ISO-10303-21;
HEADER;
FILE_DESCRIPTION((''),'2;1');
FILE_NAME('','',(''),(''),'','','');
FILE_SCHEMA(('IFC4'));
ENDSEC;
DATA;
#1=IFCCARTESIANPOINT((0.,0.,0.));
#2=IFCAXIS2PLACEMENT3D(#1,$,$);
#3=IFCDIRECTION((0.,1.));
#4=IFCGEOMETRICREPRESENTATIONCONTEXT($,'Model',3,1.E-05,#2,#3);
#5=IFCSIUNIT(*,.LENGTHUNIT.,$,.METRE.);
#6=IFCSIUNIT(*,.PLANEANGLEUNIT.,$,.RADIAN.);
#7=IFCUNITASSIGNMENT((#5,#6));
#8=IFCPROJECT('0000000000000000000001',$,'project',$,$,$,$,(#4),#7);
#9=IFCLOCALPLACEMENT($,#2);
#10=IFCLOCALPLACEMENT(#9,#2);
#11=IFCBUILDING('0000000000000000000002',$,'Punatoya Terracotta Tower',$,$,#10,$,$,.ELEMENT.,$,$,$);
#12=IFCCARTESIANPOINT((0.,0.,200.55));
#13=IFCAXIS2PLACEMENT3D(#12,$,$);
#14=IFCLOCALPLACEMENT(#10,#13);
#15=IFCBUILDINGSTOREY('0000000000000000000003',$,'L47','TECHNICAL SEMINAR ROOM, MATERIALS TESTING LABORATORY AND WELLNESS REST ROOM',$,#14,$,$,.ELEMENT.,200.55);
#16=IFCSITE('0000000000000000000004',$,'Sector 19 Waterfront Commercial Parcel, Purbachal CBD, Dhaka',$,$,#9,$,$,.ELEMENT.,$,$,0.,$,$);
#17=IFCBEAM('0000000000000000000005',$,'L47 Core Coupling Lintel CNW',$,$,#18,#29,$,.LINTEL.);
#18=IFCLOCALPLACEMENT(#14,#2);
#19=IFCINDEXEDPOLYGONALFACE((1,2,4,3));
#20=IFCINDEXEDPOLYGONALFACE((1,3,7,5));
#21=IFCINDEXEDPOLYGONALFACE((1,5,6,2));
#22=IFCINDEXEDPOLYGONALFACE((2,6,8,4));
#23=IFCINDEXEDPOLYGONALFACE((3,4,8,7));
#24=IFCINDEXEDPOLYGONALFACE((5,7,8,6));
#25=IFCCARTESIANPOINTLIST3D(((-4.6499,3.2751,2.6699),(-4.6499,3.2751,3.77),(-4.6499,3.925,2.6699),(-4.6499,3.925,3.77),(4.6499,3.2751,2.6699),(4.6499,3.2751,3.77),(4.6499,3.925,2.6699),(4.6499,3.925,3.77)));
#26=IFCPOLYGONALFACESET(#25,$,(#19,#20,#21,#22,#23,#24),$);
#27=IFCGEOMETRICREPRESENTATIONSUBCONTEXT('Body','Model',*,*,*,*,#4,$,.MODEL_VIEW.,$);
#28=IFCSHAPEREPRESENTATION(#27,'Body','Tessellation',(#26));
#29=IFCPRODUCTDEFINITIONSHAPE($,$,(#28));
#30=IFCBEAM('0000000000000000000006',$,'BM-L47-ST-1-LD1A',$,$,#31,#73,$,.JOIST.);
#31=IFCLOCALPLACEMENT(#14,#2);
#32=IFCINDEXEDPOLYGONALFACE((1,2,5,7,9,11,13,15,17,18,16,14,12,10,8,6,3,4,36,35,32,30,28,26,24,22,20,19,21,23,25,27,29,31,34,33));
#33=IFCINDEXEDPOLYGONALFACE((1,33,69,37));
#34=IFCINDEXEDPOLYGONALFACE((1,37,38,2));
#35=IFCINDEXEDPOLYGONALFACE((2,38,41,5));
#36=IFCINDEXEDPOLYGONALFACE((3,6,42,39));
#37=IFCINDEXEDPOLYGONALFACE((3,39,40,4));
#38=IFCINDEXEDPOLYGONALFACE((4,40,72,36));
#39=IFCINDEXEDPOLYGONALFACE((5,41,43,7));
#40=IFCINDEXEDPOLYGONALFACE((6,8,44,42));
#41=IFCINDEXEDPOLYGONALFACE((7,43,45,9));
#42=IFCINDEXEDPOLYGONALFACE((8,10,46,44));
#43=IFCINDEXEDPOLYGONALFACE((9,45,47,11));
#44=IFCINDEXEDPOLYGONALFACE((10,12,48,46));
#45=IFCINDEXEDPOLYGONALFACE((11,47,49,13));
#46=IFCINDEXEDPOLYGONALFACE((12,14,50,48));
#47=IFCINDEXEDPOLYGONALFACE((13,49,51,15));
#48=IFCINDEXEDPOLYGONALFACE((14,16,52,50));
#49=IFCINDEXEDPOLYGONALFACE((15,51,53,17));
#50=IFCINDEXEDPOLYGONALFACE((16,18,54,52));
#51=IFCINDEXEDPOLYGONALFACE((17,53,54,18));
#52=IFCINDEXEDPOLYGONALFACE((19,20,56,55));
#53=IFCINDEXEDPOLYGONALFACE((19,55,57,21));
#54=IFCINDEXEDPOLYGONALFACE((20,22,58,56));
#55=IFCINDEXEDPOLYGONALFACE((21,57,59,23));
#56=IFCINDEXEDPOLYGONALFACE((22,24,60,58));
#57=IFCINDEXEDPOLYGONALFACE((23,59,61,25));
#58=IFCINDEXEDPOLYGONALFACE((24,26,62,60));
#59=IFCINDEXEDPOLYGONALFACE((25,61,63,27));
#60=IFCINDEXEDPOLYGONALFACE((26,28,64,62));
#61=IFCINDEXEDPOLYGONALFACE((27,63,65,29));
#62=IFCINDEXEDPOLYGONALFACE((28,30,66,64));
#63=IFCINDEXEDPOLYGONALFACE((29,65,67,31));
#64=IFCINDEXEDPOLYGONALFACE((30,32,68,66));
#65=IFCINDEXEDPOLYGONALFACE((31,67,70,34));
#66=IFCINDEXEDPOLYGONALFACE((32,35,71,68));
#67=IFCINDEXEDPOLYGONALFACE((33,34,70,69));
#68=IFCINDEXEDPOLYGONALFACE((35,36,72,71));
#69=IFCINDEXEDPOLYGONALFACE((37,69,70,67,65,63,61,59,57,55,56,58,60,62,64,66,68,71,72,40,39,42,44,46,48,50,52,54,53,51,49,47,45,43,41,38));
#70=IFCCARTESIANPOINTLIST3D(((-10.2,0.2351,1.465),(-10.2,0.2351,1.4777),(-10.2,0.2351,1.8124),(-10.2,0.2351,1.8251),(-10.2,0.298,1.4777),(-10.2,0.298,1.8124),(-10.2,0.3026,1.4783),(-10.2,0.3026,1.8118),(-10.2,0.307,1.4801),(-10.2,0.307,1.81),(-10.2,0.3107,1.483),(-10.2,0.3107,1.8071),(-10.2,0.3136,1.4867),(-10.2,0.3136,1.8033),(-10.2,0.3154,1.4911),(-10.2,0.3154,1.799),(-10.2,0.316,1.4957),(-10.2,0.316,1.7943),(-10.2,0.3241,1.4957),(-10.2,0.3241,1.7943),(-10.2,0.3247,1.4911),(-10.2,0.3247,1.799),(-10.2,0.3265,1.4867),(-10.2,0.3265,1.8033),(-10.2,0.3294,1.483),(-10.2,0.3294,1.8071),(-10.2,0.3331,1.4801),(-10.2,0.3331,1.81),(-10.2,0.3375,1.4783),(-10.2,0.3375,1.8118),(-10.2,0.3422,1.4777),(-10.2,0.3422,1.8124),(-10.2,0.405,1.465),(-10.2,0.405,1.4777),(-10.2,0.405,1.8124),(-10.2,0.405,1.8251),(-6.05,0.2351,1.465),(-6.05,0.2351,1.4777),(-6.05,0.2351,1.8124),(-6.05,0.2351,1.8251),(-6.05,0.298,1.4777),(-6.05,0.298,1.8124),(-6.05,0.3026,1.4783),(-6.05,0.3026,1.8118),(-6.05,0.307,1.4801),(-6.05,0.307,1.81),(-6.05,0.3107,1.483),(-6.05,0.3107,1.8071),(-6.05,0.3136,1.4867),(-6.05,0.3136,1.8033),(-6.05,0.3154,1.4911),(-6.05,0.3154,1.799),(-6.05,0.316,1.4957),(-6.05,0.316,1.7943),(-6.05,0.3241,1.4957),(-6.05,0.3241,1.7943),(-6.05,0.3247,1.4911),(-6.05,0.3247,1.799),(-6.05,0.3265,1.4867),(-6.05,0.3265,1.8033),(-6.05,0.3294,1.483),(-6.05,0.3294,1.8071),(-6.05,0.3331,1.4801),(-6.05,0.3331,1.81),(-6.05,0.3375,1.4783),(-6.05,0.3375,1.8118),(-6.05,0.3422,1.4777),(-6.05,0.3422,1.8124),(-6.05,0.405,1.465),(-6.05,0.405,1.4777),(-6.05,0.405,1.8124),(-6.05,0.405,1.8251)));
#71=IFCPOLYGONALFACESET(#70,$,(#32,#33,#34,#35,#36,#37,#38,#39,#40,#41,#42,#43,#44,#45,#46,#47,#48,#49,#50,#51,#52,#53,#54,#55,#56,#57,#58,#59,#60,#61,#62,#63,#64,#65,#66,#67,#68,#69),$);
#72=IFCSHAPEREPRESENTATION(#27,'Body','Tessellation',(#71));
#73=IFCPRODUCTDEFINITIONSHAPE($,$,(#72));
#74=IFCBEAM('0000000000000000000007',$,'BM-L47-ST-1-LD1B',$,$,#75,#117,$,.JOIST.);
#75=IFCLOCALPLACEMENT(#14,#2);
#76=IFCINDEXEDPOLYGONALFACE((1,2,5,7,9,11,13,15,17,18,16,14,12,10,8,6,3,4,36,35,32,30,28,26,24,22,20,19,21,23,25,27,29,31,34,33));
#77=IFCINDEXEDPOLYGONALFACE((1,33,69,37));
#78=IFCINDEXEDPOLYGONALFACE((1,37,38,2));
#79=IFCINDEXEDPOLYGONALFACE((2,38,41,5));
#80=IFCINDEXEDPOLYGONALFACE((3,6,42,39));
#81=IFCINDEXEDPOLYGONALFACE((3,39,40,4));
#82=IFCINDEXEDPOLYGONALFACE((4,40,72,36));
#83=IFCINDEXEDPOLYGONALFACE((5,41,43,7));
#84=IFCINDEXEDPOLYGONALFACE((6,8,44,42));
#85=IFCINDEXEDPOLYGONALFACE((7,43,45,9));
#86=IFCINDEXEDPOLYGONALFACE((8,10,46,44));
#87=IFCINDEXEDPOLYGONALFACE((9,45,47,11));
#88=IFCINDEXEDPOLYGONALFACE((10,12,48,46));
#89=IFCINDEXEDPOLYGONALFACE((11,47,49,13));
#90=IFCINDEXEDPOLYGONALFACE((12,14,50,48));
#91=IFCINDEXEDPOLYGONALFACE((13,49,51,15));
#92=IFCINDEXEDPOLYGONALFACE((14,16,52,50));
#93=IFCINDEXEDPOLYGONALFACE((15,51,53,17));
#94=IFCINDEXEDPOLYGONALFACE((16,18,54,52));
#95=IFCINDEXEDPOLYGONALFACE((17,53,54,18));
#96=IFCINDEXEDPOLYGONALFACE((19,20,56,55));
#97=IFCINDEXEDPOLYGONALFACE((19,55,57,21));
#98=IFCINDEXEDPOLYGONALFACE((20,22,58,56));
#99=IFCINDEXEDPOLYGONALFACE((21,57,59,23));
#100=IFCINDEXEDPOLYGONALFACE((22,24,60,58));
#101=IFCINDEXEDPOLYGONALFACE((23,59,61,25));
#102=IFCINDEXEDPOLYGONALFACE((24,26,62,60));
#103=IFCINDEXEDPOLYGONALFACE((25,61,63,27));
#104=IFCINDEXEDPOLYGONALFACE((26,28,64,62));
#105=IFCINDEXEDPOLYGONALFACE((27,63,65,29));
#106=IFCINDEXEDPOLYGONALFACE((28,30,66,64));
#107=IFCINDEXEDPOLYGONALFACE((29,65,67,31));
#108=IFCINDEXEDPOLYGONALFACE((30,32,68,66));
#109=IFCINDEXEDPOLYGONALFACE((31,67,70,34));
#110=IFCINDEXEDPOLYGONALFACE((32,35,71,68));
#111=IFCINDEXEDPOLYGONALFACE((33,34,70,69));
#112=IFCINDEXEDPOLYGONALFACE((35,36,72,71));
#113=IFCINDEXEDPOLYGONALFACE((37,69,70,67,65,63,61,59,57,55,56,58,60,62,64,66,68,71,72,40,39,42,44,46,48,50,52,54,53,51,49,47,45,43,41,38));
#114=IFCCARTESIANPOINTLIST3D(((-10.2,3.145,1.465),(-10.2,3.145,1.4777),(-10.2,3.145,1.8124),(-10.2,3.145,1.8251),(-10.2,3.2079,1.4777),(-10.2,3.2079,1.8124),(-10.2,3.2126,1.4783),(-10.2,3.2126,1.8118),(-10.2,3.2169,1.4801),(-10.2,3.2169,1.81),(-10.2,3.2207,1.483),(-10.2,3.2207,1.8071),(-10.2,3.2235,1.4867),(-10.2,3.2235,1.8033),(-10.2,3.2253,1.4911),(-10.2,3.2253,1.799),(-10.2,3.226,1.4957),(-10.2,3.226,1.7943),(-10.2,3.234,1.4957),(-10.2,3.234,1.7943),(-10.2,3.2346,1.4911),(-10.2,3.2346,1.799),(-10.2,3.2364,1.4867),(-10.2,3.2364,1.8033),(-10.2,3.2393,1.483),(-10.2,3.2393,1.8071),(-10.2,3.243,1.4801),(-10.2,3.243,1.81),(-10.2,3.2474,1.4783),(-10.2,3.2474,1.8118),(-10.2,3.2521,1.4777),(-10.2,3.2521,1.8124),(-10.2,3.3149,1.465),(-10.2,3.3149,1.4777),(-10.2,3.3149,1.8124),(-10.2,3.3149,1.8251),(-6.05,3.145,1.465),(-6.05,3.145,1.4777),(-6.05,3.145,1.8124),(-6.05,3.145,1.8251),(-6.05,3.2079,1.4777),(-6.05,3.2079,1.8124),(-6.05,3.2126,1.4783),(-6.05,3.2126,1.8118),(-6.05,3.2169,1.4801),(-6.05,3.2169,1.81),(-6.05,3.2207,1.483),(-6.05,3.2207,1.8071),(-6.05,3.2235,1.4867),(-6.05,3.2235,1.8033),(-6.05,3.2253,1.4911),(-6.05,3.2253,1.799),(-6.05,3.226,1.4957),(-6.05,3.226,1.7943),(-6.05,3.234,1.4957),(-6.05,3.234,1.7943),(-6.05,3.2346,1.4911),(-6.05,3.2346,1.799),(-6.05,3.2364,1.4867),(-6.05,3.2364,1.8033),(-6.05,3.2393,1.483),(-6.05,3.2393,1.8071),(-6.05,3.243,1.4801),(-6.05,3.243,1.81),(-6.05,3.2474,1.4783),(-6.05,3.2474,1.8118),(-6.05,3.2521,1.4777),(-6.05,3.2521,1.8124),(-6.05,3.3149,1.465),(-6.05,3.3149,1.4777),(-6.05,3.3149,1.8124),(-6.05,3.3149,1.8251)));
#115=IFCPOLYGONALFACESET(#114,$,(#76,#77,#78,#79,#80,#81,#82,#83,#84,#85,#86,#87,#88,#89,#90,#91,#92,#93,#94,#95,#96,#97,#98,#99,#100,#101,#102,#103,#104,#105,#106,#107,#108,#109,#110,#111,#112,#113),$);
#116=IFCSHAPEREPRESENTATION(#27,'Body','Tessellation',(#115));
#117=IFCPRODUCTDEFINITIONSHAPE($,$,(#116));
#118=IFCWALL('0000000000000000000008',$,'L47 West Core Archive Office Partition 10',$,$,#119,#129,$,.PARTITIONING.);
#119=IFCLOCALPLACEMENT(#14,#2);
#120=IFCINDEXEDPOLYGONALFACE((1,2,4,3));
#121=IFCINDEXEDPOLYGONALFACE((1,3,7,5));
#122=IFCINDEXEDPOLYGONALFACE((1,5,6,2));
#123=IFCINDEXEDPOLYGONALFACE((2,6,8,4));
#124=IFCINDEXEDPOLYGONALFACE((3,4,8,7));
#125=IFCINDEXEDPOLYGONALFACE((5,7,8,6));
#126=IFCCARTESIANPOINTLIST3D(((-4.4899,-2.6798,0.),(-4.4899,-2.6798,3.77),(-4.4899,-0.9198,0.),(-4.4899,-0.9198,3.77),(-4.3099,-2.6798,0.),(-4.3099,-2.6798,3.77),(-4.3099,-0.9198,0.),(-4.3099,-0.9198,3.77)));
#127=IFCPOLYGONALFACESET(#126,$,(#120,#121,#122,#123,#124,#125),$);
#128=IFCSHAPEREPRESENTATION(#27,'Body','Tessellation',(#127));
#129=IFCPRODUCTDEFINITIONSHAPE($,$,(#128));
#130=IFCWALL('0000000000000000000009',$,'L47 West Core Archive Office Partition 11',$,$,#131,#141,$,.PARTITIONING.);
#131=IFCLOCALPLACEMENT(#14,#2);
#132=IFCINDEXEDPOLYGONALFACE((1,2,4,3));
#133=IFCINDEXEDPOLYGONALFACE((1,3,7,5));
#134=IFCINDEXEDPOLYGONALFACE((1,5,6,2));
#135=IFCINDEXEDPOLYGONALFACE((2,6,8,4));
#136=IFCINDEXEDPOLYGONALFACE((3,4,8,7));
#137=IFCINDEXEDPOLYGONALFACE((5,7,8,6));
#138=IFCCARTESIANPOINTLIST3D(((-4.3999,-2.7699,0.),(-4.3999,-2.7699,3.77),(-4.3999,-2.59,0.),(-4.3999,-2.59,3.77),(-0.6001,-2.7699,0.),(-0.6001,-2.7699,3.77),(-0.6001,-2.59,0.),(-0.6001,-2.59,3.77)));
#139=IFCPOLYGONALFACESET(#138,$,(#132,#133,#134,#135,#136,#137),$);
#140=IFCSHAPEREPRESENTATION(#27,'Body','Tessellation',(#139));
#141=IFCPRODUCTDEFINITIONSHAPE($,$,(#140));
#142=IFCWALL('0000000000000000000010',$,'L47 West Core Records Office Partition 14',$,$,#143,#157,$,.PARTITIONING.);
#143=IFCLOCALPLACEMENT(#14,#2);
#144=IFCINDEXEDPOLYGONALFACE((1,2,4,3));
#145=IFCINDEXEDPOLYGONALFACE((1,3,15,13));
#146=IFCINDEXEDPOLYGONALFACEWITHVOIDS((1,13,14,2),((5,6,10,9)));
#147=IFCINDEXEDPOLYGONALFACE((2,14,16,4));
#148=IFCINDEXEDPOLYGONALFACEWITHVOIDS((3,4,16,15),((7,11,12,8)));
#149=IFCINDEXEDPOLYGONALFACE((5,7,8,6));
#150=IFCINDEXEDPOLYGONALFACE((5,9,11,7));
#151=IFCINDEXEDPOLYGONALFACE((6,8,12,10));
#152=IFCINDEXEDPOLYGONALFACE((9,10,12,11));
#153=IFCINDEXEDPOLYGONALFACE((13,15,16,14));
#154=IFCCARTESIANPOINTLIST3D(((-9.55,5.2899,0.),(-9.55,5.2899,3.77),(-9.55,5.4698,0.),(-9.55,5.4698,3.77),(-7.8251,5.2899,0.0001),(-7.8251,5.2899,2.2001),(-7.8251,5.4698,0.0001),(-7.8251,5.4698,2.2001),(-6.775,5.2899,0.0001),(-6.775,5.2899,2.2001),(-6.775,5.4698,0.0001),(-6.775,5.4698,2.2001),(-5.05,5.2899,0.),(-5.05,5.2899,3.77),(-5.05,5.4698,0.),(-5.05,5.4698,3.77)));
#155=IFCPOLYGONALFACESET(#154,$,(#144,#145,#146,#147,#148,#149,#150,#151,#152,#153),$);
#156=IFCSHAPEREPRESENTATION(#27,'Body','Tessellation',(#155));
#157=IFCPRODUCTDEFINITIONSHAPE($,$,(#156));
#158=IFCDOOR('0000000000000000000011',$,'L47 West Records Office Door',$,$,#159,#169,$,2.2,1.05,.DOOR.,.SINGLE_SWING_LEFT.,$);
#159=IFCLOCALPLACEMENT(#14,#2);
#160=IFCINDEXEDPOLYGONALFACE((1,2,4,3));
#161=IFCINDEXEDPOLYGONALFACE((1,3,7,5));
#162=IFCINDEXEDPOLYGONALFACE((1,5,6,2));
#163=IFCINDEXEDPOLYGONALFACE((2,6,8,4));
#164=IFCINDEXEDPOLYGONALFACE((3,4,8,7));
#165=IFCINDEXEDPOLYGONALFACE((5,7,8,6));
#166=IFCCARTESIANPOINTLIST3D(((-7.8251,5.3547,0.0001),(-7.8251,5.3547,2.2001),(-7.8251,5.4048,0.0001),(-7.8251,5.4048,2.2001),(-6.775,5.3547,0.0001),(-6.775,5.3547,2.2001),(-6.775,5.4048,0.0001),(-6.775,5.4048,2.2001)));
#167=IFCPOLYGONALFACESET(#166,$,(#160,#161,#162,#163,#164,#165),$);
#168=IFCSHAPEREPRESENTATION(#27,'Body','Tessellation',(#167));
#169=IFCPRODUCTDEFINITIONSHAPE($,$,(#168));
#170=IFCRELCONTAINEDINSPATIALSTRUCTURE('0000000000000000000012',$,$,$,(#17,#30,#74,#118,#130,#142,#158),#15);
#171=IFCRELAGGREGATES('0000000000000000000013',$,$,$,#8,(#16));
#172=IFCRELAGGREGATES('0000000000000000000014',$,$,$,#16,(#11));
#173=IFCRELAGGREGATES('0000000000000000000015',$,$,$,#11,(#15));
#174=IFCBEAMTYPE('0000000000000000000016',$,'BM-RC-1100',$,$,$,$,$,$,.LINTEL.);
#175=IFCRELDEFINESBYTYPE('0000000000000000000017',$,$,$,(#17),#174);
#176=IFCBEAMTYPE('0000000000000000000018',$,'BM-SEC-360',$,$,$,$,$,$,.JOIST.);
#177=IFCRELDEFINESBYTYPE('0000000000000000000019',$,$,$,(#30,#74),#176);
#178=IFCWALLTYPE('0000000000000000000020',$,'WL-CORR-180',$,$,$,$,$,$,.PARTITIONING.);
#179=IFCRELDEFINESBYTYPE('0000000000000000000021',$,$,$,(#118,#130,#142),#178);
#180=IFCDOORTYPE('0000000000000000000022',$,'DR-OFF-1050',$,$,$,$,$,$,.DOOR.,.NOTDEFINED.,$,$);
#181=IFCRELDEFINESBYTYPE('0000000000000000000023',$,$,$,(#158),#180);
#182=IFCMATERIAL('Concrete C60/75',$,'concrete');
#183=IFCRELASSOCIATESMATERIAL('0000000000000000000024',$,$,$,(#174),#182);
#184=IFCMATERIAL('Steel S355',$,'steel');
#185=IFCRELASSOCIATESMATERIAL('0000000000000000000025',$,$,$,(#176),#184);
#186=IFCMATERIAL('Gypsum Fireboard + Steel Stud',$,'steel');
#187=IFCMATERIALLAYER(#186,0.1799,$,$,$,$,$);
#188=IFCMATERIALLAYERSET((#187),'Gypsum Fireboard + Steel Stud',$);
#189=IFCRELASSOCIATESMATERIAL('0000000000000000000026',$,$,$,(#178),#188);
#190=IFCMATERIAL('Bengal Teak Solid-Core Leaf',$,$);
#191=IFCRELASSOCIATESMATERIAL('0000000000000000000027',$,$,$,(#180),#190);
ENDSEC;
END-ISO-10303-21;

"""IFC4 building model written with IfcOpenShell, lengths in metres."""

from ifc_helpers import new_model, si_unit, direction, frame, frame_2d, origin, origin_2d, place, context, subcontext, project, spatial, rectangle, i_section, extrude, material, layer, layer_set, material_profile, profile_set, type_object, element, fill, save


model = new_model("IFC4")

# Units and contexts
model_context = context("Model", 3, precision=1e-05, world=origin(), true_north=direction((0.0, 1.0)))
body_context = subcontext(model_context, "Body", "Model", "MODEL_VIEW")
ifc_project = project(units=[si_unit("LENGTHUNIT", "METRE"), si_unit("PLANEANGLEUNIT", "RADIAN")], contexts=[model_context])

# Site, building, storey
site_placement = place(None, origin())
site = spatial("IfcSite", under=ifc_project, at=site_placement, Name="Sector 19 Waterfront Commercial Parcel, Purbachal CBD, Dhaka", CompositionType="ELEMENT", RefElevation=0.0)
building_placement = place(site_placement, origin())
building = spatial("IfcBuilding", under=site, at=building_placement, Name="Punatoya Terracotta Tower", CompositionType="ELEMENT")
storey_placement = place(building_placement, frame((0.0, 0.0, 200.55)))
storey = spatial("IfcBuildingStorey", under=building, at=storey_placement, Name="L47", Description="TECHNICAL SEMINAR ROOM, MATERIALS TESTING LABORATORY AND WELLNESS REST ROOM", CompositionType="ELEMENT", Elevation=200.55)

# Beams
ifc_material_1 = material(Name="Concrete C60/75", Category="concrete")
ifc_material_profile_1 = material_profile(ifc_material_1, rectangle(XDim=0.6499, YDim=1.1001, at=origin_2d()))
ifc_profile_set_1 = profile_set([ifc_material_profile_1], Name="Concrete C60/75")
beam_type_1 = type_object("IfcBeamType", Name="BM-RC-1100", PredefinedType="LINTEL", material=ifc_profile_set_1)
beam_placement = place(storey_placement, frame((-4.6499, 3.6001, 3.22), z_axis=(1.0, 0.0, 0.0), x_axis=(0.0, 1.0, 0.0)))
element("IfcBeam", 1, at=beam_placement, inside=storey, type_object=beam_type_1, Name="L47 Core Coupling Lintel CNW", PredefinedType="LINTEL", context=body_context, shape_type="SweptSolid", body=[
    extrude(rectangle(XDim=0.6499, YDim=1.1001, at=origin_2d()), origin(), (0.0, 0.0, 1.0), 9.2998),
])
ifc_material_2 = material(Name="Steel S355", Category="steel")
ifc_material_profile_2 = material_profile(ifc_material_2, i_section(OverallWidth=0.1699, OverallDepth=0.3601, WebThickness=0.0081, FlangeThickness=0.0127, FilletRadius=0.0181, at=origin_2d()))
ifc_profile_set_2 = profile_set([ifc_material_profile_2], Name="Steel S355")
beam_type_2 = type_object("IfcBeamType", Name="BM-SEC-360", PredefinedType="JOIST", material=ifc_profile_set_2)
for number, where, z_axis, x_axis, name in (
    (2, (-10.2, 0.3201, 1.645), (1.0, 0.0, 0.0), (0.0, 1.0, 0.0), "BM-L47-ST-1-LD1A"),
    (3, (-10.2, 3.23, 1.645), (1.0, 0.0, 0.0), (0.0, 1.0, 0.0), "BM-L47-ST-1-LD1B"),
):
    element("IfcBeam", number, at=place(storey_placement, frame(where, z_axis=z_axis, x_axis=x_axis)), inside=storey, type_object=beam_type_2, Name=name, PredefinedType="JOIST", context=body_context, shape_type="SweptSolid", body=[
        extrude(i_section(OverallWidth=0.1699, OverallDepth=0.3601, WebThickness=0.0081, FlangeThickness=0.0127, FilletRadius=0.0181, at=origin_2d()), origin(), (0.0, 0.0, 1.0), 4.1499),
    ])

# Walls
ifc_material_3 = material(Name="Gypsum Fireboard + Steel Stud", Category="steel")
ifc_layer_1 = layer(ifc_material_3, 0.1799)
ifc_layer_set_1 = layer_set([ifc_layer_1], Name="Gypsum Fireboard + Steel Stud")
wall_type_1 = type_object("IfcWallType", Name="WL-CORR-180", PredefinedType="PARTITIONING", material=ifc_layer_set_1)
wall_1_placement = place(storey_placement, frame((-4.3999, -0.9199, 0.0), z_axis=(0.0, 0.0, 1.0), x_axis=(0.0, -1.0, 0.0)))
element("IfcWall", 4, at=wall_1_placement, inside=storey, type_object=wall_type_1, Name="L47 West Core Archive Office Partition 10", PredefinedType="PARTITIONING", context=body_context, shape_type="SweptSolid", body=[
    extrude(rectangle(XDim=1.76, YDim=0.1799, at=frame_2d((0.8799, 0.0))), origin(), (0.0, 0.0, 1.0), 3.77),
])
wall_2_placement = place(storey_placement, frame((-4.3999, -2.6799, 0.0), z_axis=(0.0, 0.0, 1.0), x_axis=(1.0, 0.0, 0.0)))
element("IfcWall", 5, at=wall_2_placement, inside=storey, type_object=wall_type_1, Name="L47 West Core Archive Office Partition 11", PredefinedType="PARTITIONING", context=body_context, shape_type="SweptSolid", body=[
    extrude(rectangle(XDim=3.7998, YDim=0.1799, at=frame_2d((1.8999, 0.0))), origin(), (0.0, 0.0, 1.0), 3.77),
])

# Wall, opening, door
wall_3_placement = place(storey_placement, frame((-9.55, 5.3799, 0.0), z_axis=(0.0, 0.0, 1.0), x_axis=(1.0, 0.0, 0.0)))
wall_3 = element("IfcWall", 6, at=wall_3_placement, inside=storey, type_object=wall_type_1, Name="L47 West Core Records Office Partition 14", PredefinedType="PARTITIONING", context=body_context, shape_type="SweptSolid", body=[
    extrude(rectangle(XDim=4.5, YDim=0.1799, at=frame_2d((2.25, 0.0))), origin(), (0.0, 0.0, 1.0), 3.77),
])
opening_1_placement = place(wall_3_placement, frame((1.7251, 0.0, 0.0)))
opening_1 = element("IfcOpeningElement", 7, at=opening_1_placement, cuts=wall_3, PredefinedType="OPENING", context=body_context, shape_type="SweptSolid", body=[
    extrude(rectangle(XDim=1.05, YDim=2.2, at=frame_2d((0.5249, 1.1001))), frame((0.0, 0.0999, 0.0), z_axis=(0.0, -1.0, 0.0), x_axis=(1.0, 0.0, 0.0)), (0.0, 0.0, 1.0), 0.2),
])
ifc_material_4 = material(Name="Bengal Teak Solid-Core Leaf")
door_type_1 = type_object("IfcDoorType", Name="DR-OFF-1050", OperationType="NOTDEFINED", PredefinedType="DOOR", material=ifc_material_4)
door_1_placement = place(opening_1_placement, origin())
door_1 = element("IfcDoor", 8, at=door_1_placement, inside=storey, type_object=door_type_1, Name="L47 West Records Office Door", OperationType="SINGLE_SWING_LEFT", OverallHeight=2.2, OverallWidth=1.05, PredefinedType="DOOR", context=body_context, shape_type="SweptSolid", body=[
    extrude(rectangle(XDim=1.05, YDim=2.2, at=frame_2d((0.5249, 1.1001))), frame((0.0, 0.0249, 0.0), z_axis=(0.0, -1.0, 0.0), x_axis=(1.0, 0.0, 0.0)), (0.0, 0.0, 1.0), 0.05),
])
fill(opening_1, door_1)

save(model, "model.ifc")
